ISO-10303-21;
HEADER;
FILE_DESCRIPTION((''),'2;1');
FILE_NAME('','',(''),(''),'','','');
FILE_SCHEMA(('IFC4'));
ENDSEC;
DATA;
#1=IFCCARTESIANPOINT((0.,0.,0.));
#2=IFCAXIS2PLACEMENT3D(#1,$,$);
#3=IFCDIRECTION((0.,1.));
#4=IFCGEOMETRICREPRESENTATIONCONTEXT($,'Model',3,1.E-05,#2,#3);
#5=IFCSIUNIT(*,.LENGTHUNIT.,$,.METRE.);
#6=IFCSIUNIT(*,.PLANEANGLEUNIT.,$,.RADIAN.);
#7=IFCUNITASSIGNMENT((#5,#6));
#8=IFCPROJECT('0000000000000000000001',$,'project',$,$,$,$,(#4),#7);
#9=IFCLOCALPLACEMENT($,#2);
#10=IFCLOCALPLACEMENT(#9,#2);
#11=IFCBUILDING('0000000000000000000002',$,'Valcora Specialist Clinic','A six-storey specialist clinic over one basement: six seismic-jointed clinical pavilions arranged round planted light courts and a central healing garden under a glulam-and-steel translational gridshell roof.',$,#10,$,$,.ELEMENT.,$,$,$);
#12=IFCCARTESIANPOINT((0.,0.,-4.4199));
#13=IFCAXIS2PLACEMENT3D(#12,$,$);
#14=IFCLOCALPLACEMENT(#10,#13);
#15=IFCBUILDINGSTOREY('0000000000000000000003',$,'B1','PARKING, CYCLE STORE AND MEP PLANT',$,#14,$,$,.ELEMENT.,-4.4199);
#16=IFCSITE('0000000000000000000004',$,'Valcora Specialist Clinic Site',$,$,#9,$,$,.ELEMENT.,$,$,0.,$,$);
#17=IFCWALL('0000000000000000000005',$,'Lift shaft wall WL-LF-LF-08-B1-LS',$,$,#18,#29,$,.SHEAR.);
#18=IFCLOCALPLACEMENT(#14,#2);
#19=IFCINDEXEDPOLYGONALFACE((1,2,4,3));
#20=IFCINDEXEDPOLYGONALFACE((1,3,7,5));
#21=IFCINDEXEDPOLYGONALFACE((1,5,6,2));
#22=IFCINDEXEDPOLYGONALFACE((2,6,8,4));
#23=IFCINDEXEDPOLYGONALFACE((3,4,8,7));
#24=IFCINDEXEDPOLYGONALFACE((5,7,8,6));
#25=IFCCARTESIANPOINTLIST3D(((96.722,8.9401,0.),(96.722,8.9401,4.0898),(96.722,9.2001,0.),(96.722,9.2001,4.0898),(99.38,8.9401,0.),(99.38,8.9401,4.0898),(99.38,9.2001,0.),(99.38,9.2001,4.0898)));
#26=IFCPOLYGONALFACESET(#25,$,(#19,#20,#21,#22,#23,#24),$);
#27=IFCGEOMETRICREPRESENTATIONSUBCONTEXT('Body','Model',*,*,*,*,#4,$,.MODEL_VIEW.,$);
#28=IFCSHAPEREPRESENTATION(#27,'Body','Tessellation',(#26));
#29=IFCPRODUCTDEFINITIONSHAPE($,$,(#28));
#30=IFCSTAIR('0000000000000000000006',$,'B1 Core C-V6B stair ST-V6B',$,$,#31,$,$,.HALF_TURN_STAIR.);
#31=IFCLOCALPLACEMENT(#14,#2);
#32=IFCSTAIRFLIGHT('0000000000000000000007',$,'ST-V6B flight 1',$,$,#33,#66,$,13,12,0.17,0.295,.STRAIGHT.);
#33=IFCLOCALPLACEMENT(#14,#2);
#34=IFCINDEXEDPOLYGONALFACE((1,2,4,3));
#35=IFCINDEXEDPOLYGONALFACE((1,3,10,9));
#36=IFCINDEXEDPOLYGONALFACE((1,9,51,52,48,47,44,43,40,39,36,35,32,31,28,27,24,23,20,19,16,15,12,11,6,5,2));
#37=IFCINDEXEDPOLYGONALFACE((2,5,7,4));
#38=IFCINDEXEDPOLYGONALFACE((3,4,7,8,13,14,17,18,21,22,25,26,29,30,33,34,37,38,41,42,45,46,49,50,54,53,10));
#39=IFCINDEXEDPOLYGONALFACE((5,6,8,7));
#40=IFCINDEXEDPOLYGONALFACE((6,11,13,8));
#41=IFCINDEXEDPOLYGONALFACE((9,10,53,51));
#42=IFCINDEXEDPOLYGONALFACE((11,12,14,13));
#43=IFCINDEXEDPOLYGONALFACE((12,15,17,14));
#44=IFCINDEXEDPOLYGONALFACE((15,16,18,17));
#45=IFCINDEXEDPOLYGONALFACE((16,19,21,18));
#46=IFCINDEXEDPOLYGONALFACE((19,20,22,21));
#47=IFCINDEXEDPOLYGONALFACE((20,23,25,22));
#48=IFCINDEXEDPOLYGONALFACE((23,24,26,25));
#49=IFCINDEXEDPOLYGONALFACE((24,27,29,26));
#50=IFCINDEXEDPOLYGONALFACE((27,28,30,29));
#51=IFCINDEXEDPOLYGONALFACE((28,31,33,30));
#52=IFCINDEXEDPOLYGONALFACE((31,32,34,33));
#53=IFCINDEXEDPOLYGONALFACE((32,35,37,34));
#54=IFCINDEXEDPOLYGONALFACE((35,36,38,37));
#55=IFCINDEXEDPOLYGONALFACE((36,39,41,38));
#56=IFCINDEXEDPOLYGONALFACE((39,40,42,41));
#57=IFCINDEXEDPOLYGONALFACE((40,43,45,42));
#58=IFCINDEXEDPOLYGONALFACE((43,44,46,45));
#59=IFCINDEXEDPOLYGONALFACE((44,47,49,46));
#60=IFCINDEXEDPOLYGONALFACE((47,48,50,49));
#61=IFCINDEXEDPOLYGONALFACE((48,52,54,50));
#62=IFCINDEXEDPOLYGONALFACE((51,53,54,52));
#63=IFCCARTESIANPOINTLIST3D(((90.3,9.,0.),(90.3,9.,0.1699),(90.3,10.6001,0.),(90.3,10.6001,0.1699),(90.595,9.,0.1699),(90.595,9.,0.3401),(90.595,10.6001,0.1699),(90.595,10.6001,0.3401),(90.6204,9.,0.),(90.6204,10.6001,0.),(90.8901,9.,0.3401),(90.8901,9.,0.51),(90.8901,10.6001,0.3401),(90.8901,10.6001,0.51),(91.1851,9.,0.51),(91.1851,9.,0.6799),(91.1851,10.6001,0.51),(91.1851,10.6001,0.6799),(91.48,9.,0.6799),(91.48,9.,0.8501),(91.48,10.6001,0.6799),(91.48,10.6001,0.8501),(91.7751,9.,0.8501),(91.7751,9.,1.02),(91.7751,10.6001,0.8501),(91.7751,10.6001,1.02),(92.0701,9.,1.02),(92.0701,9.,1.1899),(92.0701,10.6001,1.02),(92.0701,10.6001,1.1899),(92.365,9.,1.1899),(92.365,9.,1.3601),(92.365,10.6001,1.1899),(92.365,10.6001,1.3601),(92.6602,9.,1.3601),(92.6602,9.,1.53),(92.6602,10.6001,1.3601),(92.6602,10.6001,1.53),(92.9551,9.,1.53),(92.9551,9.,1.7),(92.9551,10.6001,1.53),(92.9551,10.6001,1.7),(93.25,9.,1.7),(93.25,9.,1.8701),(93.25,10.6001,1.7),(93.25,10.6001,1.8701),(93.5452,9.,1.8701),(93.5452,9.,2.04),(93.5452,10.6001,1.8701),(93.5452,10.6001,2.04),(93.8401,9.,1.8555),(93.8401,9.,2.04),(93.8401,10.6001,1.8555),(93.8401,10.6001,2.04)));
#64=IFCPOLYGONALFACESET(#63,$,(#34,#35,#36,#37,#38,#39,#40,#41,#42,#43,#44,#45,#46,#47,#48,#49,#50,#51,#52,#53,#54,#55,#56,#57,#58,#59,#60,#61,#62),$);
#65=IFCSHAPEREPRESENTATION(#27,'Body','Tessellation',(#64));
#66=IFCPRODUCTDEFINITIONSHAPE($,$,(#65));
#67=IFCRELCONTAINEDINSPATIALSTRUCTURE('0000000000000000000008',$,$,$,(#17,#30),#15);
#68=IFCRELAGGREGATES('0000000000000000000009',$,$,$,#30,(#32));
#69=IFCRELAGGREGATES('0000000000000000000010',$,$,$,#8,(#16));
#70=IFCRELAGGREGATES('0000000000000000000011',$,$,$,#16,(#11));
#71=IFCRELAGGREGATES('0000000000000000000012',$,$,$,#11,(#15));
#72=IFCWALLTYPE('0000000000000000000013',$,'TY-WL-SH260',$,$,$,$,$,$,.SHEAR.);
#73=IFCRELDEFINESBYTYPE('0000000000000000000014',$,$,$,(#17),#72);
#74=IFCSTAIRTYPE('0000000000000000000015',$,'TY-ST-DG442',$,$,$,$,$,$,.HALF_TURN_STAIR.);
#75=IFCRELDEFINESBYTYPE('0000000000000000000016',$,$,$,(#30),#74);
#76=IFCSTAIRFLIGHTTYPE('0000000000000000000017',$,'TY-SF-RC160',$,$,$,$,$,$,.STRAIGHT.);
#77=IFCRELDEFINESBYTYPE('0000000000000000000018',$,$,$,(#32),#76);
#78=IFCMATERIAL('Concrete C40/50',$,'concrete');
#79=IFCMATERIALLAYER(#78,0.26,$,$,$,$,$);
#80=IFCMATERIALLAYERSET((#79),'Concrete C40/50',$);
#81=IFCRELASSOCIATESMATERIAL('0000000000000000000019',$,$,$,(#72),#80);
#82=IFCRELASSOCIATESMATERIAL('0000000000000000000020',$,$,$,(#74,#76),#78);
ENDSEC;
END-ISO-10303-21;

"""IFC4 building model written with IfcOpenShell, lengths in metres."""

from ifc_helpers import new_model, si_unit, direction, frame, frame_2d, origin, place, context, subcontext, project, spatial, polyline, rectangle, outline, extrude, material, layer, layer_set, type_object, element, aggregate, save


model = new_model("IFC4")

# Units and contexts
model_context = context("Model", 3, precision=1e-05, world=origin(), true_north=direction((0.0, 1.0)))
body_context = subcontext(model_context, "Body", "Model", "MODEL_VIEW")
ifc_project = project(units=[si_unit("LENGTHUNIT", "METRE"), si_unit("PLANEANGLEUNIT", "RADIAN")], contexts=[model_context])

# Site, building, storey
site_placement = place(None, origin())
site = spatial("IfcSite", under=ifc_project, at=site_placement, Name="Valcora Specialist Clinic Site", CompositionType="ELEMENT", RefElevation=0.0)
building_placement = place(site_placement, origin())
building = spatial("IfcBuilding", under=site, at=building_placement, Name="Valcora Specialist Clinic", Description="A six-storey specialist clinic over one basement: six seismic-jointed clinical pavilions arranged round planted light courts and a central healing garden under a glulam-and-steel translational gridshell roof.", CompositionType="ELEMENT")
storey_placement = place(building_placement, frame((0.0, 0.0, -4.4199)))
storey = spatial("IfcBuildingStorey", under=building, at=storey_placement, Name="B1", Description="PARKING, CYCLE STORE AND MEP PLANT", CompositionType="ELEMENT", Elevation=-4.4199)

# Shared definitions
ifc_material_1 = material(Name="Concrete C40/50", Category="concrete")

# Wall
ifc_layer_1 = layer(ifc_material_1, 0.26)
ifc_layer_set_1 = layer_set([ifc_layer_1], Name="Concrete C40/50")
wall_type_1 = type_object("IfcWallType", Name="TY-WL-SH260", PredefinedType="SHEAR", material=ifc_layer_set_1)
wall_1_placement = place(storey_placement, frame((96.7219, 9.0701, 0.0), z_axis=(0.0, 0.0, 1.0), x_axis=(1.0, 0.0, 0.0)))
element("IfcWall", 1, at=wall_1_placement, inside=storey, type_object=wall_type_1, Name="Lift shaft wall WL-LF-LF-08-B1-LS", PredefinedType="SHEAR", context=body_context, shape_type="SweptSolid", body=[
    extrude(rectangle(XDim=2.658, YDim=0.26, at=frame_2d((1.3291, 0.0))), origin(), (0.0, 0.0, 1.0), 4.0898),
])

# Stair, stair flight
stair_type = type_object("IfcStairType", Name="TY-ST-DG442", PredefinedType="HALF_TURN_STAIR", material=ifc_material_1)
stair_placement = place(storey_placement, origin())
stair = element("IfcStair", 2, at=stair_placement, inside=storey, type_object=stair_type, Name="B1 Core C-V6B stair ST-V6B", PredefinedType="HALF_TURN_STAIR")
stair_flight_type = type_object("IfcStairFlightType", Name="TY-SF-RC160", PredefinedType="STRAIGHT", material=ifc_material_1)
stair_flight_placement = place(storey_placement, frame((90.3, 9.8, 0.0), z_axis=(0.0, 0.0, 1.0), x_axis=(1.0, 0.0, 0.0)))
stair_flight = element("IfcStairFlight", 3, at=stair_flight_placement, type_object=stair_flight_type, Name="ST-V6B flight 1", NumberOfRisers=13, NumberOfTreads=12, PredefinedType="STRAIGHT", RiserHeight=0.17, TreadLength=0.295, context=body_context, shape_type="SweptSolid", body=[
    extrude(outline(polyline([(0.0, 0.0), (0.0, 0.1699), (0.2949, 0.1699), (0.2949, 0.3401), (0.5901, 0.3401), (0.5901, 0.51), (0.885, 0.51), (0.885, 0.6799), (1.1799, 0.6799), (1.1799, 0.8501), (1.4751, 0.8501), (1.4751, 1.02), (1.77, 1.02), (1.77, 1.1899), (2.0649, 1.1899), (2.0649, 1.3601), (2.3601, 1.3601), (2.3601, 1.53), (2.655, 1.53), (2.655, 1.7), (2.95, 1.7), (2.95, 1.8701), (3.2451, 1.8701), (3.2451, 2.04), (3.54, 2.04), (3.54, 2.21), (3.54, 1.8555), (0.3203, 0.0), (0.0, 0.0)])), frame((0.0, 0.8, 0.0), z_axis=(0.0, -1.0, 0.0), x_axis=(1.0, 0.0, 0.0)), (0.0, 0.0, 1.0), 1.6001),
])
aggregate(stair, [stair_flight])

save(model, "model.ifc")
